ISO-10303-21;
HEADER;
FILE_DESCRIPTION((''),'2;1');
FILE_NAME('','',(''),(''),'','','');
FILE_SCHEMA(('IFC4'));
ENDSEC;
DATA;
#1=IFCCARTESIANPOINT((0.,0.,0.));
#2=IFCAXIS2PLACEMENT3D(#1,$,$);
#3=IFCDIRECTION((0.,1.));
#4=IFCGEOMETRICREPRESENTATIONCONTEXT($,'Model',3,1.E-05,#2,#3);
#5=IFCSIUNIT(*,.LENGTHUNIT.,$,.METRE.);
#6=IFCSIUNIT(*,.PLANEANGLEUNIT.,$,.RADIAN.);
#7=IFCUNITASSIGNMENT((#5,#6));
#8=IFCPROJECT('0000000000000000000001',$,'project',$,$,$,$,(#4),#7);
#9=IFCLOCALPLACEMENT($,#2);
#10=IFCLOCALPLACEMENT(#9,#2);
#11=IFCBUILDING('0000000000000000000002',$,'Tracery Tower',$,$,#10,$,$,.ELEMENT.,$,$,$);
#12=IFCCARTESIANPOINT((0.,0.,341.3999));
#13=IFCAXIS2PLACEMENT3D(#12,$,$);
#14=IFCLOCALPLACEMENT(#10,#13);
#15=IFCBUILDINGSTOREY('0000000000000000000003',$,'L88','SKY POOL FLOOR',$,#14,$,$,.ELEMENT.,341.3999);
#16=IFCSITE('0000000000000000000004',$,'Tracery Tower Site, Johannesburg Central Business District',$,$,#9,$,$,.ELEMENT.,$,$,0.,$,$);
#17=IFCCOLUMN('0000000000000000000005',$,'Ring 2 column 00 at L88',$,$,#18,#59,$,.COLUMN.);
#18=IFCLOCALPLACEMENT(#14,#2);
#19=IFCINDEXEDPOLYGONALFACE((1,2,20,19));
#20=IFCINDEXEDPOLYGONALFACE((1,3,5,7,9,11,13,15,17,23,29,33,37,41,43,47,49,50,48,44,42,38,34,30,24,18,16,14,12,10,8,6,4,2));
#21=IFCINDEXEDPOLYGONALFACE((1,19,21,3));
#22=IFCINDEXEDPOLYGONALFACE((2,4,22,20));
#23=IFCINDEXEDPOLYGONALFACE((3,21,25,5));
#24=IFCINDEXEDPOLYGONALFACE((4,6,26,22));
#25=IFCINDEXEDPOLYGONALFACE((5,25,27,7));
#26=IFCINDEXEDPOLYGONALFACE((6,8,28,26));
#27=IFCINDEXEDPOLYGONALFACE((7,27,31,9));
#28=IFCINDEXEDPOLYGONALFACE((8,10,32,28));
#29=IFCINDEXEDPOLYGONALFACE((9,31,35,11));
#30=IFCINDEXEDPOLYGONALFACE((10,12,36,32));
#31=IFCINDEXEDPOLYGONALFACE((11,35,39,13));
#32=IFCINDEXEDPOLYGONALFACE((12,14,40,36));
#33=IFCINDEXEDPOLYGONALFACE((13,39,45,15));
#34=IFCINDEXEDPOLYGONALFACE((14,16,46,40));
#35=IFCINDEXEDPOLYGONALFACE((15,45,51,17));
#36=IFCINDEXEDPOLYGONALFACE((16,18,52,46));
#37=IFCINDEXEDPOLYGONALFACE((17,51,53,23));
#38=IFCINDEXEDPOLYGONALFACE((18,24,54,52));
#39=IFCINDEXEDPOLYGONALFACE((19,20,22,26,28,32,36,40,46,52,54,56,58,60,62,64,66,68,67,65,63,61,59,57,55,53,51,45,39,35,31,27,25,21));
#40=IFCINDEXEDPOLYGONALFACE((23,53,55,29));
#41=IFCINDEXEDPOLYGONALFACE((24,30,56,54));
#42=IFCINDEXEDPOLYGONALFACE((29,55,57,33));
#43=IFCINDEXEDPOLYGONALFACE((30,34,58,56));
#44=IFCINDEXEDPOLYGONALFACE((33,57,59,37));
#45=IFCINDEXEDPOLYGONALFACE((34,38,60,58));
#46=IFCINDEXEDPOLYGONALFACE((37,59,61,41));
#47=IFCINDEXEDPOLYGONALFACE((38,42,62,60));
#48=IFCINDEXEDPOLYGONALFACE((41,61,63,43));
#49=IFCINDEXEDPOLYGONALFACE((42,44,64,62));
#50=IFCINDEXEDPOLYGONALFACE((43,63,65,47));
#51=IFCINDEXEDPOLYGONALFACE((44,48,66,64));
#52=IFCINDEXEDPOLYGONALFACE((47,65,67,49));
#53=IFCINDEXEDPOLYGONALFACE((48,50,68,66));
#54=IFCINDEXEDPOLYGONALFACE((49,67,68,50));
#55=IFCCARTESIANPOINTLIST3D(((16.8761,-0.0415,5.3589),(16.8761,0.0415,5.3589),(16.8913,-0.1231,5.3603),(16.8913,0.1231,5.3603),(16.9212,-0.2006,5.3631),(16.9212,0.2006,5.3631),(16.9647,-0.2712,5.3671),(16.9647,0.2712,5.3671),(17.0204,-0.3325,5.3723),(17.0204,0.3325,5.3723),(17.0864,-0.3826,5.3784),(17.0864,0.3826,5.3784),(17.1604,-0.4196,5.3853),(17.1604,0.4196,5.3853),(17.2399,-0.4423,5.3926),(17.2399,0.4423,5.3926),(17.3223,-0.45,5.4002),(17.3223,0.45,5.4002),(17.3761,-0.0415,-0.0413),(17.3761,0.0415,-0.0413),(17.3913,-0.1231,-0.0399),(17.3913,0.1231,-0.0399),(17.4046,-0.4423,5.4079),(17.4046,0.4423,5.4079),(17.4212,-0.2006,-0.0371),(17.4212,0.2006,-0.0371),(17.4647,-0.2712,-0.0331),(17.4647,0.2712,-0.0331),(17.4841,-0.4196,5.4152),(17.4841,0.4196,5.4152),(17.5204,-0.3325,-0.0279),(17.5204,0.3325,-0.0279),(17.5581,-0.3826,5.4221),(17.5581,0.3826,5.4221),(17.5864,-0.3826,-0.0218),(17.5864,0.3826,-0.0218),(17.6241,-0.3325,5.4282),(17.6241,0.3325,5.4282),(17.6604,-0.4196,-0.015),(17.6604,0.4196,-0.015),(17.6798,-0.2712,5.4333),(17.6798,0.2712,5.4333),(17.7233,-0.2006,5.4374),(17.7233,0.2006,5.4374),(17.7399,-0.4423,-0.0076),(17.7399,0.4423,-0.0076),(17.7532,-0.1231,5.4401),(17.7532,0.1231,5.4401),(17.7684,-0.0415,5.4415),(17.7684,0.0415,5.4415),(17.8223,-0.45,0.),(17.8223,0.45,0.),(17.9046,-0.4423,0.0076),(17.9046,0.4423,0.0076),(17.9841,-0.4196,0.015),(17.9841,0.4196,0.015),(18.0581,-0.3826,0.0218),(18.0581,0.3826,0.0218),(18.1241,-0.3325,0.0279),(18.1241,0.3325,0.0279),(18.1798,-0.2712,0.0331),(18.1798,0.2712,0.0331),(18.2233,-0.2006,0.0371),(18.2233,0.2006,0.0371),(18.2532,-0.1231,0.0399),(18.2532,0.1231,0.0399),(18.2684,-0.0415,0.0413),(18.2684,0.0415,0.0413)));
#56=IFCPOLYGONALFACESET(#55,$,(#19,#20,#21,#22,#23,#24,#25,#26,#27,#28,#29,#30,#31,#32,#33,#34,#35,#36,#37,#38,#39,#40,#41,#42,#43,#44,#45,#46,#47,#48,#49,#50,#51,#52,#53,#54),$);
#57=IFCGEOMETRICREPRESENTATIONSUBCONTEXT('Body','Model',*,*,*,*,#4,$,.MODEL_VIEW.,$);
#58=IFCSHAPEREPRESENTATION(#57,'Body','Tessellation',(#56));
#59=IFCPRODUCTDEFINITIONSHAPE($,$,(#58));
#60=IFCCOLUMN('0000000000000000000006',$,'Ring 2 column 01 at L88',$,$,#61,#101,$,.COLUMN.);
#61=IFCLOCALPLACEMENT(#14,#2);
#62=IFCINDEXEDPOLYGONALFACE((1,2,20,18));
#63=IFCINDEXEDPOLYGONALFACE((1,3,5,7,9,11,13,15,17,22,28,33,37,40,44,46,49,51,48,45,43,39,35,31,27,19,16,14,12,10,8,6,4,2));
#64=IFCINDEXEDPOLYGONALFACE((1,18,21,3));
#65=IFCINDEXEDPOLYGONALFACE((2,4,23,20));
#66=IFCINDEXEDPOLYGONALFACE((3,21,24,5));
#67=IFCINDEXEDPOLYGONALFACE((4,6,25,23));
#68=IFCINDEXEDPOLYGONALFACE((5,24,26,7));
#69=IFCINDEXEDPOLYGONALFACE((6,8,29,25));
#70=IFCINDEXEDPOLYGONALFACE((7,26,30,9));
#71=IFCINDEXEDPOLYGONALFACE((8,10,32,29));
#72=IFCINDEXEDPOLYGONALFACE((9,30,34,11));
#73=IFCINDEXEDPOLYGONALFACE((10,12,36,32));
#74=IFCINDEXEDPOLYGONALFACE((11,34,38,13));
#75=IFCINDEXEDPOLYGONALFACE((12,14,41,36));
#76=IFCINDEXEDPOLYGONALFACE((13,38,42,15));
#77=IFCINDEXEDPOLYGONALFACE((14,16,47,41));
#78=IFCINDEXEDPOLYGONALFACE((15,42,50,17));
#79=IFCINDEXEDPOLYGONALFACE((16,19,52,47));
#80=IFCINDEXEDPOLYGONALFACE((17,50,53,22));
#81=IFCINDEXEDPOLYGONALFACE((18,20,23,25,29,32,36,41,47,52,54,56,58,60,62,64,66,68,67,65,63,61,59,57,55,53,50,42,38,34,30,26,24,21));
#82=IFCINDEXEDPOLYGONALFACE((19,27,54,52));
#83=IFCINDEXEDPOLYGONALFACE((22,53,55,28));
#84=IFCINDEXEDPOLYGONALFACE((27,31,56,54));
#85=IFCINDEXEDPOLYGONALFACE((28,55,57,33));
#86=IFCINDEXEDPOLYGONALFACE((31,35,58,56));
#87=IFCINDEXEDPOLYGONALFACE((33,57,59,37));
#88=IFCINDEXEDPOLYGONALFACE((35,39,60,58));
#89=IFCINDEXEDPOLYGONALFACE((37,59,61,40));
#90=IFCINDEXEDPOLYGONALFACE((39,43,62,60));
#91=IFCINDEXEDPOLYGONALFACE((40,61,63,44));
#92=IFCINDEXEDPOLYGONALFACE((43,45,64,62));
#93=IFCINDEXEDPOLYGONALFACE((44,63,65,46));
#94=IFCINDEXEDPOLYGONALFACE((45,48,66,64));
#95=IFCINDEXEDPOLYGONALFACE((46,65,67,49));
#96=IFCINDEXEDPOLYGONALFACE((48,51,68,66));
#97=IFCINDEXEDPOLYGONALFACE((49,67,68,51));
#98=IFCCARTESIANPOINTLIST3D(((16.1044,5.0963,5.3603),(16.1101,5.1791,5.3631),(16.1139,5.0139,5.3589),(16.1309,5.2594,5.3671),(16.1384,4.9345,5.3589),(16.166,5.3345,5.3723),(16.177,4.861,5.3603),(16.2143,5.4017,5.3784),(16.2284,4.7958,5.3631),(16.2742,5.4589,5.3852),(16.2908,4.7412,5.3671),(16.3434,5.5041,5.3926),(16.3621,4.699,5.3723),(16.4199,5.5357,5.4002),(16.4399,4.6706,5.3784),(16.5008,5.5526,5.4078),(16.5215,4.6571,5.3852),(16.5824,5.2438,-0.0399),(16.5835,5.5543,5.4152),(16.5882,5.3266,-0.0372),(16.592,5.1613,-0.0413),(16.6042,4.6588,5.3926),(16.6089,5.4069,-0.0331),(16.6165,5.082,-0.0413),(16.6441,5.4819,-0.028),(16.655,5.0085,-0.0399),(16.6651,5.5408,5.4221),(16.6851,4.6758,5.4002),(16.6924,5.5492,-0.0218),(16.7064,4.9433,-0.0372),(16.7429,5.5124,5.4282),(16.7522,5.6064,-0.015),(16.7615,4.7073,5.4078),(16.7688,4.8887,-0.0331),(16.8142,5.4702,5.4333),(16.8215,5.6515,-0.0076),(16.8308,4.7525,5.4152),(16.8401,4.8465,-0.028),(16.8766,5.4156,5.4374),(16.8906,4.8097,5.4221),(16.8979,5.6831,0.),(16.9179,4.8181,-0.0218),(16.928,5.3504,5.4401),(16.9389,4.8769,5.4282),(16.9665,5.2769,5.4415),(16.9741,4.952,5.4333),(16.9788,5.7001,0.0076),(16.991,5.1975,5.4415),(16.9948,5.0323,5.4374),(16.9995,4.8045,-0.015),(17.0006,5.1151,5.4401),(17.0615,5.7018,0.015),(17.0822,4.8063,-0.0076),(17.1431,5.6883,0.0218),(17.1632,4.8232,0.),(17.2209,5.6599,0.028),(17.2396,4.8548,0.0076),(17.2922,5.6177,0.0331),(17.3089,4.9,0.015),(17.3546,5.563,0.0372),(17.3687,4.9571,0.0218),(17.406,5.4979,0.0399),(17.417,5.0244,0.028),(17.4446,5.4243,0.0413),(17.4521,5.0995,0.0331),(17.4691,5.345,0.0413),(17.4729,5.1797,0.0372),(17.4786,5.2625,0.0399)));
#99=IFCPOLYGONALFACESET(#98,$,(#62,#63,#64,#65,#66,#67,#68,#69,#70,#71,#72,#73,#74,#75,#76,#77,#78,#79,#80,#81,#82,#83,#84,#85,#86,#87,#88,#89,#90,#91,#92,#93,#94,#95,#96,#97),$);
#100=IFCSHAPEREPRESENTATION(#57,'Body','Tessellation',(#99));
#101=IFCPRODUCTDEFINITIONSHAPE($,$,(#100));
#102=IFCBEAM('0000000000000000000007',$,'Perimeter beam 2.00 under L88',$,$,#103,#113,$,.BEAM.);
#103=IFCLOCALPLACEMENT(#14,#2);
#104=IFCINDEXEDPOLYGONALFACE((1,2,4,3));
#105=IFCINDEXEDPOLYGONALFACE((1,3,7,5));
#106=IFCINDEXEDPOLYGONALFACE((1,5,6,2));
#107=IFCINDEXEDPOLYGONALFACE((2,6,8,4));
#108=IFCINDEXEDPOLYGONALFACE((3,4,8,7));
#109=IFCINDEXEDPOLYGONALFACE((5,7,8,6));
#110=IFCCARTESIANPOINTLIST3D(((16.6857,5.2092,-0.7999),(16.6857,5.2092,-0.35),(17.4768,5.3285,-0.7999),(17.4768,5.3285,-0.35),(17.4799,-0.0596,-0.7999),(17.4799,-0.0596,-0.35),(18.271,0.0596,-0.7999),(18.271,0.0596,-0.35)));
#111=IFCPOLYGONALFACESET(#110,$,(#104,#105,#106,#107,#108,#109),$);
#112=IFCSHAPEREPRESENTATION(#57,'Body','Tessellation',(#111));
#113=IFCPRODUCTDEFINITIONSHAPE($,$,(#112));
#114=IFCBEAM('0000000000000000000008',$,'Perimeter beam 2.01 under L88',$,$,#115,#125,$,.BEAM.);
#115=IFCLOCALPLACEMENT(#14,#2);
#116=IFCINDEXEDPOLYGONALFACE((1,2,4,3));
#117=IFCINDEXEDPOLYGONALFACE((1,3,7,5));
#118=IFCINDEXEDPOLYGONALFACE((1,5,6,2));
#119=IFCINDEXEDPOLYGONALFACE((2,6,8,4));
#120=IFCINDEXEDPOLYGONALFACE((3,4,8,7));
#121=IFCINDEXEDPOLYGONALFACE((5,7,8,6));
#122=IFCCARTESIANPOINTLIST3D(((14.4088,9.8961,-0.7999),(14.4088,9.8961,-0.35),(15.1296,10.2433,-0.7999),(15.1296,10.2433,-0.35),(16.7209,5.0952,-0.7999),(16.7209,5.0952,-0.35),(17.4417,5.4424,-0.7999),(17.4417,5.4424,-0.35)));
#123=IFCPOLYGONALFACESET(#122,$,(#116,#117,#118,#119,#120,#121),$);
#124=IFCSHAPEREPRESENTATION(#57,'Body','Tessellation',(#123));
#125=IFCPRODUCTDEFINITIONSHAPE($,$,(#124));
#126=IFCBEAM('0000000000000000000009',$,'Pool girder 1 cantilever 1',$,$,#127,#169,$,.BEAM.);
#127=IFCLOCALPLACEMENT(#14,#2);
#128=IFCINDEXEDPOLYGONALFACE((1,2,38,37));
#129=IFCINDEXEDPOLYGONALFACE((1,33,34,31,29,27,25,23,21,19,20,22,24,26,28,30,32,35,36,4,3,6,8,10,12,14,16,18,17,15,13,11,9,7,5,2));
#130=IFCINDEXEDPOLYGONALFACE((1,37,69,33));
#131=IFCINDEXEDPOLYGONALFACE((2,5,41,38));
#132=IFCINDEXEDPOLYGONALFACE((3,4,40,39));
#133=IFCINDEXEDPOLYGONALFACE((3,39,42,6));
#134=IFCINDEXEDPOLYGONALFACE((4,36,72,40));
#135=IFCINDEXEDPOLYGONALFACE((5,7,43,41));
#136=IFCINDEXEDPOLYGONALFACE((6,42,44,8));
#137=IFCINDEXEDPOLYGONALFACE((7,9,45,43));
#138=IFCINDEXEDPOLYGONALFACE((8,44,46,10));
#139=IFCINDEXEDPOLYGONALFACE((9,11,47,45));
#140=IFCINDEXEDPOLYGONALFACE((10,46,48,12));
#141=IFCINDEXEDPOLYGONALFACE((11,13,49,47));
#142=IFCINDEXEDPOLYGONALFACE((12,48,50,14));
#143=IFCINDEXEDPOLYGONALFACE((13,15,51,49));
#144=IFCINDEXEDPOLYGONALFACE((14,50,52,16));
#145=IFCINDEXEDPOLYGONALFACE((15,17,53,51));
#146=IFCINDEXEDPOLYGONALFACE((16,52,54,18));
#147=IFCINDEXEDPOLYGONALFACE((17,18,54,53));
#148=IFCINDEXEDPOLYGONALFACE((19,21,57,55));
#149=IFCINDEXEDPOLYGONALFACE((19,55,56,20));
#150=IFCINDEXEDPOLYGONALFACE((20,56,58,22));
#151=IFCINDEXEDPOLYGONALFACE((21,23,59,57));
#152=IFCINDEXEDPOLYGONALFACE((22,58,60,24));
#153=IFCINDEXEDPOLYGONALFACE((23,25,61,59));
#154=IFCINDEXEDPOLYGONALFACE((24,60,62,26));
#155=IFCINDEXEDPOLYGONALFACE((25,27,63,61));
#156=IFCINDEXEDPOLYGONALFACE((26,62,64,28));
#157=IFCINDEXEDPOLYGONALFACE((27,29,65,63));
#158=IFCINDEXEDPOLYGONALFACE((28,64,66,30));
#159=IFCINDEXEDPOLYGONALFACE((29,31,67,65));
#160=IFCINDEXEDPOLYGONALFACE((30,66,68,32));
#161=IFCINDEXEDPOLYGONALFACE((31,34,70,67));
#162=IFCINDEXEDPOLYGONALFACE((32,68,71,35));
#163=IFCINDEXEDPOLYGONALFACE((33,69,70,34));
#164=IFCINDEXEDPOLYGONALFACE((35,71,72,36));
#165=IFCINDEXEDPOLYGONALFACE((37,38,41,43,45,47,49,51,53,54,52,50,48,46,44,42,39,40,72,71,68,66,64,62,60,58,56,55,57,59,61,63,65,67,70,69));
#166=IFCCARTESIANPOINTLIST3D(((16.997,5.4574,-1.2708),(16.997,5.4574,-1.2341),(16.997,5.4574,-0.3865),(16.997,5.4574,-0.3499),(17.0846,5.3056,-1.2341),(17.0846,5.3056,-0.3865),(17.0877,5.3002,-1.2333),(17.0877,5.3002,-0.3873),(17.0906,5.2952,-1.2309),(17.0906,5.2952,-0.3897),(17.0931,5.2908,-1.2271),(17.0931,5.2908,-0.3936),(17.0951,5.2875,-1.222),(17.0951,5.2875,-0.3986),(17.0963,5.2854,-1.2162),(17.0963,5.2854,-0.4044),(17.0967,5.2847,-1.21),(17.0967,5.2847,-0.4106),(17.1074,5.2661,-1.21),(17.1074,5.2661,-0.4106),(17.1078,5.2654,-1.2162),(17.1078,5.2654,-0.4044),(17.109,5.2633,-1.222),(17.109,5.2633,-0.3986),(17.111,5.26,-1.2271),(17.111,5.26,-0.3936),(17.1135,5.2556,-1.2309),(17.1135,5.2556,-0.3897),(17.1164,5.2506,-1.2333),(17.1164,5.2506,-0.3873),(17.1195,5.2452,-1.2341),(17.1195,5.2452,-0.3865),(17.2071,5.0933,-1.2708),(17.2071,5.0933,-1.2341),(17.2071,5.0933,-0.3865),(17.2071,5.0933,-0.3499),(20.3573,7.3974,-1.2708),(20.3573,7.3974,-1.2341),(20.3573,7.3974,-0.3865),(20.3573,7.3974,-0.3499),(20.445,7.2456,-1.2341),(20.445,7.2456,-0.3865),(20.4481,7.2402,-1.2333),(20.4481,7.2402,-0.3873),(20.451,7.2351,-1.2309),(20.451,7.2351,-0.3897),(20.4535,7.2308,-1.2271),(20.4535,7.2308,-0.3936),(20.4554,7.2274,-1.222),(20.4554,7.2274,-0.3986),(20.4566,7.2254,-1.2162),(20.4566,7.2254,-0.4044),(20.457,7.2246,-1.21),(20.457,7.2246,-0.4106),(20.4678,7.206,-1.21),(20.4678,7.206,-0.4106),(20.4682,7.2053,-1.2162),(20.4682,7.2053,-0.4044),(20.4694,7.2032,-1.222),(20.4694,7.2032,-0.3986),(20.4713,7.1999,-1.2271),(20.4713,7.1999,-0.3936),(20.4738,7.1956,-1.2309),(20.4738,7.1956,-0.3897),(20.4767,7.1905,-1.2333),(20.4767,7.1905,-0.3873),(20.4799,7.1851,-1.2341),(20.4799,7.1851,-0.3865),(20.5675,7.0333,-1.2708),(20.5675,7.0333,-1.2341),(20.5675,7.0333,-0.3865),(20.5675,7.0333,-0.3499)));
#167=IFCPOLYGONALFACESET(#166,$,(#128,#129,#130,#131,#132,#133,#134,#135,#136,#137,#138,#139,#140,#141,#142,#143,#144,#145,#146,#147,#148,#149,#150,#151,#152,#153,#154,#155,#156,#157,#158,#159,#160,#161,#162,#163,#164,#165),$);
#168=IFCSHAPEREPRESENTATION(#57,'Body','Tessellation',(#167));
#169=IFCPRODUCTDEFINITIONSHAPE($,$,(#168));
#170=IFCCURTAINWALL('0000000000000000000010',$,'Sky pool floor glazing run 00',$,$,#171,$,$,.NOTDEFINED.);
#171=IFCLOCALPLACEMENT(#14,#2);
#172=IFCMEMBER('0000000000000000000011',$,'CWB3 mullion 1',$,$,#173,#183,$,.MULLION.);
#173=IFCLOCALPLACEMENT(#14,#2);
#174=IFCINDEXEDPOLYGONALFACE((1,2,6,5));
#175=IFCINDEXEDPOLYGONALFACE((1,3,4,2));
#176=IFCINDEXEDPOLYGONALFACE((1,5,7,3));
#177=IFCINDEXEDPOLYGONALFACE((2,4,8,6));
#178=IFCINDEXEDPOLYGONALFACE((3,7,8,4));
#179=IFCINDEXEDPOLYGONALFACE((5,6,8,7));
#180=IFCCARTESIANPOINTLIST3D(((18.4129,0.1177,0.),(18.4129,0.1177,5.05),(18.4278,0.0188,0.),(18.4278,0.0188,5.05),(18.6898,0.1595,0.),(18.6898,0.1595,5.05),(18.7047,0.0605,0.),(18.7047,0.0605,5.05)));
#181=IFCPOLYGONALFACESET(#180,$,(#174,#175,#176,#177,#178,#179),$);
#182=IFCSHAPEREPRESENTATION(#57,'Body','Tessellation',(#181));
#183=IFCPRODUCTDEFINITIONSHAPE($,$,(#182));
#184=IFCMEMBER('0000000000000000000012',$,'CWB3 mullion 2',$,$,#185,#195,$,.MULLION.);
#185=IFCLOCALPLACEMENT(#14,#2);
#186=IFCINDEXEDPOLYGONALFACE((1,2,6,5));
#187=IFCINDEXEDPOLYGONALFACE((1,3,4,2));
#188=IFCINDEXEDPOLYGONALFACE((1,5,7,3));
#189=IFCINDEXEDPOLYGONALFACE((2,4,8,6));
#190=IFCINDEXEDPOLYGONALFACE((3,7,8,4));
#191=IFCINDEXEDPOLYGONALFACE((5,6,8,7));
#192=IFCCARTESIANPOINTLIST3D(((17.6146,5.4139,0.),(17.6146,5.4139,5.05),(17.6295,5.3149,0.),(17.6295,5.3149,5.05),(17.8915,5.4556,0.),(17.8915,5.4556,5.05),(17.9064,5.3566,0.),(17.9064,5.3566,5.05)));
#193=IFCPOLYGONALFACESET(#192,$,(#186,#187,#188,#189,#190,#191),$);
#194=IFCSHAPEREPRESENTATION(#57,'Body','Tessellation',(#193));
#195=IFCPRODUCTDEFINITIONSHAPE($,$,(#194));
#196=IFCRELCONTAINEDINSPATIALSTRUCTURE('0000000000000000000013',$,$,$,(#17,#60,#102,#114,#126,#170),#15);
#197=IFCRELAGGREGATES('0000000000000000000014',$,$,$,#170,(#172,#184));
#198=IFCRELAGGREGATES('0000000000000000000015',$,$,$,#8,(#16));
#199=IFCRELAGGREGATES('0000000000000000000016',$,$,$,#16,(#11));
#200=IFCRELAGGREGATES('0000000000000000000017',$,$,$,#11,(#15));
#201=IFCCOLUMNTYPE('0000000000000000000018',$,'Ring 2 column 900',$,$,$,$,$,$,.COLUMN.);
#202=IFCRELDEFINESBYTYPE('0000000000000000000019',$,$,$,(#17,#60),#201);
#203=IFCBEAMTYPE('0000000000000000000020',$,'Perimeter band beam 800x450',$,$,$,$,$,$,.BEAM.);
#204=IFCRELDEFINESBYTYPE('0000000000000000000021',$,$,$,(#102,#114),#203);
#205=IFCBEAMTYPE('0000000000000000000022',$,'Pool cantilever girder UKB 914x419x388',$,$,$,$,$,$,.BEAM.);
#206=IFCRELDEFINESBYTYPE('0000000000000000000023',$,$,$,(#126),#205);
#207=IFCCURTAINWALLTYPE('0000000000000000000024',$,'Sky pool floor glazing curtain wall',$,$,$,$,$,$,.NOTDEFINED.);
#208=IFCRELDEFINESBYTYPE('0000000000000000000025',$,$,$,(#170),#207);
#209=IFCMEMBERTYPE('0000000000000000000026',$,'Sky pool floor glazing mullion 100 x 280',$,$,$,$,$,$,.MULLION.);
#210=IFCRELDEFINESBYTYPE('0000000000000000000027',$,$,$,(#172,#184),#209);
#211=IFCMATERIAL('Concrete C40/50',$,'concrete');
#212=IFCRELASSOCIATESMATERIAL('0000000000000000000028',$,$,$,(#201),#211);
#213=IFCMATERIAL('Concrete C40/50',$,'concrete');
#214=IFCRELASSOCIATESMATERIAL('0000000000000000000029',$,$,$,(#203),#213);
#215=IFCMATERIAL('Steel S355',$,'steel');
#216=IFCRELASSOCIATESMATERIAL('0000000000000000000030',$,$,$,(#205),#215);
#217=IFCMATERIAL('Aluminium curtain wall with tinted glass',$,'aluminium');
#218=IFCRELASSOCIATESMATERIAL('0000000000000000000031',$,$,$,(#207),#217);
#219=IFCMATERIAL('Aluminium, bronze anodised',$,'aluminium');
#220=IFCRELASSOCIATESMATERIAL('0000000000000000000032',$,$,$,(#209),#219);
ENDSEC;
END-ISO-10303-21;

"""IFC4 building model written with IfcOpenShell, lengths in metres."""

from ifc_helpers import new_model, si_unit, direction, frame, origin, origin_2d, place, context, subcontext, project, spatial, rectangle, circle, i_section, extrude, material, material_profile, profile_set, type_object, element, aggregate, save


model = new_model("IFC4")

# Units and contexts
model_context = context("Model", 3, precision=1e-05, world=origin(), true_north=direction((0.0, 1.0)))
body_context = subcontext(model_context, "Body", "Model", "MODEL_VIEW")
ifc_project = project(units=[si_unit("LENGTHUNIT", "METRE"), si_unit("PLANEANGLEUNIT", "RADIAN")], contexts=[model_context])

# Site, building, storey
site_placement = place(None, origin())
site = spatial("IfcSite", under=ifc_project, at=site_placement, Name="Tracery Tower Site, Johannesburg Central Business District", CompositionType="ELEMENT", RefElevation=0.0)
building_placement = place(site_placement, origin())
building = spatial("IfcBuilding", under=site, at=building_placement, Name="Tracery Tower", CompositionType="ELEMENT")
storey_placement = place(building_placement, frame((0.0, 0.0, 341.3999)))
storey = spatial("IfcBuildingStorey", under=building, at=storey_placement, Name="L88", Description="SKY POOL FLOOR", CompositionType="ELEMENT", Elevation=341.3999)

# Columns
ifc_material_1 = material(Name="Concrete C40/50", Category="concrete")
ifc_material_profile_1 = material_profile(ifc_material_1, circle(Radius=0.45, at=origin_2d()), Name="RC D900")
ifc_profile_set_1 = profile_set([ifc_material_profile_1], Name="Concrete C40/50")
column_type = type_object("IfcColumnType", Name="Ring 2 column 900", PredefinedType="COLUMN", material=ifc_profile_set_1)
for number, where, z_axis, x_axis, name in (
    (1, (17.8223, 0.0, 0.0), (-0.092196, 0.0, 0.995741), (0.0, -1.0, 0.0), "Ring 2 column 00 at L88"),
    (2, (17.0305, 5.2532, 0.0), (-0.088144, -0.02719, 0.995737), (0.294772, -0.955568, 0.0), "Ring 2 column 01 at L88"),
):
    element("IfcColumn", number, at=place(storey_placement, frame(where, z_axis=z_axis, x_axis=x_axis)), inside=storey, type_object=column_type, Name=name, PredefinedType="COLUMN", context=body_context, shape_type="SweptSolid", body=[
        extrude(circle(Radius=0.45, at=origin_2d()), origin(), (0.0, 0.0, 1.0), 5.4233),
    ])

# Beams
ifc_material_2 = material(Name="Concrete C40/50", Category="concrete")
ifc_material_profile_2 = material_profile(ifc_material_2, rectangle(XDim=0.8, YDim=0.45, at=origin_2d()), Name="RC 800x450")
ifc_profile_set_2 = profile_set([ifc_material_profile_2], Name="Concrete C40/50")
beam_type_1 = type_object("IfcBeamType", Name="Perimeter band beam 800x450", PredefinedType="BEAM", material=ifc_profile_set_2)
beam_1_placement = place(storey_placement, frame((17.8755, 0.0, -0.575), z_axis=(-0.149051, 0.98883, 0.0), x_axis=(-0.98883, -0.149051, 0.0)))
element("IfcBeam", 3, at=beam_1_placement, inside=storey, type_object=beam_type_1, Name="Perimeter beam 2.00 under L88", PredefinedType="BEAM", context=body_context, shape_type="SweptSolid", body=[
    extrude(rectangle(XDim=0.8, YDim=0.45, at=origin_2d()), origin(), (0.0, 0.0, 1.0), 5.3284),
])
beam_2_placement = place(storey_placement, frame((17.0813, 5.2688, -0.575), z_axis=(-0.433896, 0.900963, 0.0), x_axis=(-0.900963, -0.433896, 0.0)))
element("IfcBeam", 4, at=beam_2_placement, inside=storey, type_object=beam_type_1, Name="Perimeter beam 2.01 under L88", PredefinedType="BEAM", context=body_context, shape_type="SweptSolid", body=[
    extrude(rectangle(XDim=0.8, YDim=0.45, at=origin_2d()), origin(), (0.0, 0.0, 1.0), 5.3286),
])
ifc_material_3 = material(Name="Steel S355", Category="steel")
ifc_material_profile_3 = material_profile(ifc_material_3, i_section(OverallWidth=0.4204, OverallDepth=0.9209, WebThickness=0.0215, FlangeThickness=0.0366, FilletRadius=0.0242, at=origin_2d()), Name="UKB 914x419x388")
ifc_profile_set_3 = profile_set([ifc_material_profile_3], Name="Steel S355")
beam_type_2 = type_object("IfcBeamType", Name="Pool cantilever girder UKB 914x419x388", PredefinedType="BEAM", material=ifc_profile_set_3)
beam_3_placement = place(storey_placement, frame((17.1021, 5.2754, -0.8103), z_axis=(0.866043, 0.499969, 0.0), x_axis=(-0.499969, 0.866043, 0.0)))
element("IfcBeam", 5, at=beam_3_placement, inside=storey, type_object=beam_type_2, Name="Pool girder 1 cantilever 1", PredefinedType="BEAM", context=body_context, shape_type="SweptSolid", body=[
    extrude(i_section(OverallWidth=0.4204, OverallDepth=0.9209, WebThickness=0.0215, FlangeThickness=0.0366, FilletRadius=0.0242, at=origin_2d()), origin(), (0.0, 0.0, 1.0), 3.8801),
])

# Curtain wall, members
ifc_material_4 = material(Name="Aluminium curtain wall with tinted glass", Category="aluminium")
curtain_wall_type = type_object("IfcCurtainWallType", Name="Sky pool floor glazing curtain wall", PredefinedType="NOTDEFINED", material=ifc_material_4)
curtain_wall_1_placement = place(storey_placement, origin())
curtain_wall_1 = element("IfcCurtainWall", 6, at=curtain_wall_1_placement, inside=storey, type_object=curtain_wall_type, Name="Sky pool floor glazing run 00", PredefinedType="NOTDEFINED")
ifc_material_5 = material(Name="Aluminium, bronze anodised", Category="aluminium")
ifc_material_profile_4 = material_profile(ifc_material_5, rectangle(XDim=0.28, YDim=0.1001, at=origin_2d()), Name="Sky pool floor glazing mullion 100 x 280")
ifc_profile_set_4 = profile_set([ifc_material_profile_4], Name="Aluminium, bronze anodised")
member_type_1 = type_object("IfcMemberType", Name="Sky pool floor glazing mullion 100 x 280", PredefinedType="MULLION", material=ifc_profile_set_4)
member_1_placement = place(storey_placement, frame((18.5588, 0.0891, 0.0), z_axis=(0.0, 0.0, 1.0), x_axis=(-0.988833, -0.149028, 0.0)))
member_1 = element("IfcMember", 7, at=member_1_placement, type_object=member_type_1, Name="CWB3 mullion 1", PredefinedType="MULLION", context=body_context, shape_type="SweptSolid", body=[
    extrude(rectangle(XDim=0.28, YDim=0.1001, at=origin_2d()), origin(), (0.0, 0.0, 1.0), 5.05),
])
member_2_placement = place(storey_placement, frame((17.7605, 5.3853, 0.0), z_axis=(0.0, 0.0, 1.0), x_axis=(-0.988833, -0.149028, 0.0)))
member_2 = element("IfcMember", 8, at=member_2_placement, type_object=member_type_1, Name="CWB3 mullion 2", PredefinedType="MULLION", context=body_context, shape_type="SweptSolid", body=[
    extrude(rectangle(XDim=0.28, YDim=0.1001, at=origin_2d()), origin(), (0.0, 0.0, 1.0), 5.05),
])

aggregate(curtain_wall_1, [member_1, member_2])

save(model, "model.ifc")
